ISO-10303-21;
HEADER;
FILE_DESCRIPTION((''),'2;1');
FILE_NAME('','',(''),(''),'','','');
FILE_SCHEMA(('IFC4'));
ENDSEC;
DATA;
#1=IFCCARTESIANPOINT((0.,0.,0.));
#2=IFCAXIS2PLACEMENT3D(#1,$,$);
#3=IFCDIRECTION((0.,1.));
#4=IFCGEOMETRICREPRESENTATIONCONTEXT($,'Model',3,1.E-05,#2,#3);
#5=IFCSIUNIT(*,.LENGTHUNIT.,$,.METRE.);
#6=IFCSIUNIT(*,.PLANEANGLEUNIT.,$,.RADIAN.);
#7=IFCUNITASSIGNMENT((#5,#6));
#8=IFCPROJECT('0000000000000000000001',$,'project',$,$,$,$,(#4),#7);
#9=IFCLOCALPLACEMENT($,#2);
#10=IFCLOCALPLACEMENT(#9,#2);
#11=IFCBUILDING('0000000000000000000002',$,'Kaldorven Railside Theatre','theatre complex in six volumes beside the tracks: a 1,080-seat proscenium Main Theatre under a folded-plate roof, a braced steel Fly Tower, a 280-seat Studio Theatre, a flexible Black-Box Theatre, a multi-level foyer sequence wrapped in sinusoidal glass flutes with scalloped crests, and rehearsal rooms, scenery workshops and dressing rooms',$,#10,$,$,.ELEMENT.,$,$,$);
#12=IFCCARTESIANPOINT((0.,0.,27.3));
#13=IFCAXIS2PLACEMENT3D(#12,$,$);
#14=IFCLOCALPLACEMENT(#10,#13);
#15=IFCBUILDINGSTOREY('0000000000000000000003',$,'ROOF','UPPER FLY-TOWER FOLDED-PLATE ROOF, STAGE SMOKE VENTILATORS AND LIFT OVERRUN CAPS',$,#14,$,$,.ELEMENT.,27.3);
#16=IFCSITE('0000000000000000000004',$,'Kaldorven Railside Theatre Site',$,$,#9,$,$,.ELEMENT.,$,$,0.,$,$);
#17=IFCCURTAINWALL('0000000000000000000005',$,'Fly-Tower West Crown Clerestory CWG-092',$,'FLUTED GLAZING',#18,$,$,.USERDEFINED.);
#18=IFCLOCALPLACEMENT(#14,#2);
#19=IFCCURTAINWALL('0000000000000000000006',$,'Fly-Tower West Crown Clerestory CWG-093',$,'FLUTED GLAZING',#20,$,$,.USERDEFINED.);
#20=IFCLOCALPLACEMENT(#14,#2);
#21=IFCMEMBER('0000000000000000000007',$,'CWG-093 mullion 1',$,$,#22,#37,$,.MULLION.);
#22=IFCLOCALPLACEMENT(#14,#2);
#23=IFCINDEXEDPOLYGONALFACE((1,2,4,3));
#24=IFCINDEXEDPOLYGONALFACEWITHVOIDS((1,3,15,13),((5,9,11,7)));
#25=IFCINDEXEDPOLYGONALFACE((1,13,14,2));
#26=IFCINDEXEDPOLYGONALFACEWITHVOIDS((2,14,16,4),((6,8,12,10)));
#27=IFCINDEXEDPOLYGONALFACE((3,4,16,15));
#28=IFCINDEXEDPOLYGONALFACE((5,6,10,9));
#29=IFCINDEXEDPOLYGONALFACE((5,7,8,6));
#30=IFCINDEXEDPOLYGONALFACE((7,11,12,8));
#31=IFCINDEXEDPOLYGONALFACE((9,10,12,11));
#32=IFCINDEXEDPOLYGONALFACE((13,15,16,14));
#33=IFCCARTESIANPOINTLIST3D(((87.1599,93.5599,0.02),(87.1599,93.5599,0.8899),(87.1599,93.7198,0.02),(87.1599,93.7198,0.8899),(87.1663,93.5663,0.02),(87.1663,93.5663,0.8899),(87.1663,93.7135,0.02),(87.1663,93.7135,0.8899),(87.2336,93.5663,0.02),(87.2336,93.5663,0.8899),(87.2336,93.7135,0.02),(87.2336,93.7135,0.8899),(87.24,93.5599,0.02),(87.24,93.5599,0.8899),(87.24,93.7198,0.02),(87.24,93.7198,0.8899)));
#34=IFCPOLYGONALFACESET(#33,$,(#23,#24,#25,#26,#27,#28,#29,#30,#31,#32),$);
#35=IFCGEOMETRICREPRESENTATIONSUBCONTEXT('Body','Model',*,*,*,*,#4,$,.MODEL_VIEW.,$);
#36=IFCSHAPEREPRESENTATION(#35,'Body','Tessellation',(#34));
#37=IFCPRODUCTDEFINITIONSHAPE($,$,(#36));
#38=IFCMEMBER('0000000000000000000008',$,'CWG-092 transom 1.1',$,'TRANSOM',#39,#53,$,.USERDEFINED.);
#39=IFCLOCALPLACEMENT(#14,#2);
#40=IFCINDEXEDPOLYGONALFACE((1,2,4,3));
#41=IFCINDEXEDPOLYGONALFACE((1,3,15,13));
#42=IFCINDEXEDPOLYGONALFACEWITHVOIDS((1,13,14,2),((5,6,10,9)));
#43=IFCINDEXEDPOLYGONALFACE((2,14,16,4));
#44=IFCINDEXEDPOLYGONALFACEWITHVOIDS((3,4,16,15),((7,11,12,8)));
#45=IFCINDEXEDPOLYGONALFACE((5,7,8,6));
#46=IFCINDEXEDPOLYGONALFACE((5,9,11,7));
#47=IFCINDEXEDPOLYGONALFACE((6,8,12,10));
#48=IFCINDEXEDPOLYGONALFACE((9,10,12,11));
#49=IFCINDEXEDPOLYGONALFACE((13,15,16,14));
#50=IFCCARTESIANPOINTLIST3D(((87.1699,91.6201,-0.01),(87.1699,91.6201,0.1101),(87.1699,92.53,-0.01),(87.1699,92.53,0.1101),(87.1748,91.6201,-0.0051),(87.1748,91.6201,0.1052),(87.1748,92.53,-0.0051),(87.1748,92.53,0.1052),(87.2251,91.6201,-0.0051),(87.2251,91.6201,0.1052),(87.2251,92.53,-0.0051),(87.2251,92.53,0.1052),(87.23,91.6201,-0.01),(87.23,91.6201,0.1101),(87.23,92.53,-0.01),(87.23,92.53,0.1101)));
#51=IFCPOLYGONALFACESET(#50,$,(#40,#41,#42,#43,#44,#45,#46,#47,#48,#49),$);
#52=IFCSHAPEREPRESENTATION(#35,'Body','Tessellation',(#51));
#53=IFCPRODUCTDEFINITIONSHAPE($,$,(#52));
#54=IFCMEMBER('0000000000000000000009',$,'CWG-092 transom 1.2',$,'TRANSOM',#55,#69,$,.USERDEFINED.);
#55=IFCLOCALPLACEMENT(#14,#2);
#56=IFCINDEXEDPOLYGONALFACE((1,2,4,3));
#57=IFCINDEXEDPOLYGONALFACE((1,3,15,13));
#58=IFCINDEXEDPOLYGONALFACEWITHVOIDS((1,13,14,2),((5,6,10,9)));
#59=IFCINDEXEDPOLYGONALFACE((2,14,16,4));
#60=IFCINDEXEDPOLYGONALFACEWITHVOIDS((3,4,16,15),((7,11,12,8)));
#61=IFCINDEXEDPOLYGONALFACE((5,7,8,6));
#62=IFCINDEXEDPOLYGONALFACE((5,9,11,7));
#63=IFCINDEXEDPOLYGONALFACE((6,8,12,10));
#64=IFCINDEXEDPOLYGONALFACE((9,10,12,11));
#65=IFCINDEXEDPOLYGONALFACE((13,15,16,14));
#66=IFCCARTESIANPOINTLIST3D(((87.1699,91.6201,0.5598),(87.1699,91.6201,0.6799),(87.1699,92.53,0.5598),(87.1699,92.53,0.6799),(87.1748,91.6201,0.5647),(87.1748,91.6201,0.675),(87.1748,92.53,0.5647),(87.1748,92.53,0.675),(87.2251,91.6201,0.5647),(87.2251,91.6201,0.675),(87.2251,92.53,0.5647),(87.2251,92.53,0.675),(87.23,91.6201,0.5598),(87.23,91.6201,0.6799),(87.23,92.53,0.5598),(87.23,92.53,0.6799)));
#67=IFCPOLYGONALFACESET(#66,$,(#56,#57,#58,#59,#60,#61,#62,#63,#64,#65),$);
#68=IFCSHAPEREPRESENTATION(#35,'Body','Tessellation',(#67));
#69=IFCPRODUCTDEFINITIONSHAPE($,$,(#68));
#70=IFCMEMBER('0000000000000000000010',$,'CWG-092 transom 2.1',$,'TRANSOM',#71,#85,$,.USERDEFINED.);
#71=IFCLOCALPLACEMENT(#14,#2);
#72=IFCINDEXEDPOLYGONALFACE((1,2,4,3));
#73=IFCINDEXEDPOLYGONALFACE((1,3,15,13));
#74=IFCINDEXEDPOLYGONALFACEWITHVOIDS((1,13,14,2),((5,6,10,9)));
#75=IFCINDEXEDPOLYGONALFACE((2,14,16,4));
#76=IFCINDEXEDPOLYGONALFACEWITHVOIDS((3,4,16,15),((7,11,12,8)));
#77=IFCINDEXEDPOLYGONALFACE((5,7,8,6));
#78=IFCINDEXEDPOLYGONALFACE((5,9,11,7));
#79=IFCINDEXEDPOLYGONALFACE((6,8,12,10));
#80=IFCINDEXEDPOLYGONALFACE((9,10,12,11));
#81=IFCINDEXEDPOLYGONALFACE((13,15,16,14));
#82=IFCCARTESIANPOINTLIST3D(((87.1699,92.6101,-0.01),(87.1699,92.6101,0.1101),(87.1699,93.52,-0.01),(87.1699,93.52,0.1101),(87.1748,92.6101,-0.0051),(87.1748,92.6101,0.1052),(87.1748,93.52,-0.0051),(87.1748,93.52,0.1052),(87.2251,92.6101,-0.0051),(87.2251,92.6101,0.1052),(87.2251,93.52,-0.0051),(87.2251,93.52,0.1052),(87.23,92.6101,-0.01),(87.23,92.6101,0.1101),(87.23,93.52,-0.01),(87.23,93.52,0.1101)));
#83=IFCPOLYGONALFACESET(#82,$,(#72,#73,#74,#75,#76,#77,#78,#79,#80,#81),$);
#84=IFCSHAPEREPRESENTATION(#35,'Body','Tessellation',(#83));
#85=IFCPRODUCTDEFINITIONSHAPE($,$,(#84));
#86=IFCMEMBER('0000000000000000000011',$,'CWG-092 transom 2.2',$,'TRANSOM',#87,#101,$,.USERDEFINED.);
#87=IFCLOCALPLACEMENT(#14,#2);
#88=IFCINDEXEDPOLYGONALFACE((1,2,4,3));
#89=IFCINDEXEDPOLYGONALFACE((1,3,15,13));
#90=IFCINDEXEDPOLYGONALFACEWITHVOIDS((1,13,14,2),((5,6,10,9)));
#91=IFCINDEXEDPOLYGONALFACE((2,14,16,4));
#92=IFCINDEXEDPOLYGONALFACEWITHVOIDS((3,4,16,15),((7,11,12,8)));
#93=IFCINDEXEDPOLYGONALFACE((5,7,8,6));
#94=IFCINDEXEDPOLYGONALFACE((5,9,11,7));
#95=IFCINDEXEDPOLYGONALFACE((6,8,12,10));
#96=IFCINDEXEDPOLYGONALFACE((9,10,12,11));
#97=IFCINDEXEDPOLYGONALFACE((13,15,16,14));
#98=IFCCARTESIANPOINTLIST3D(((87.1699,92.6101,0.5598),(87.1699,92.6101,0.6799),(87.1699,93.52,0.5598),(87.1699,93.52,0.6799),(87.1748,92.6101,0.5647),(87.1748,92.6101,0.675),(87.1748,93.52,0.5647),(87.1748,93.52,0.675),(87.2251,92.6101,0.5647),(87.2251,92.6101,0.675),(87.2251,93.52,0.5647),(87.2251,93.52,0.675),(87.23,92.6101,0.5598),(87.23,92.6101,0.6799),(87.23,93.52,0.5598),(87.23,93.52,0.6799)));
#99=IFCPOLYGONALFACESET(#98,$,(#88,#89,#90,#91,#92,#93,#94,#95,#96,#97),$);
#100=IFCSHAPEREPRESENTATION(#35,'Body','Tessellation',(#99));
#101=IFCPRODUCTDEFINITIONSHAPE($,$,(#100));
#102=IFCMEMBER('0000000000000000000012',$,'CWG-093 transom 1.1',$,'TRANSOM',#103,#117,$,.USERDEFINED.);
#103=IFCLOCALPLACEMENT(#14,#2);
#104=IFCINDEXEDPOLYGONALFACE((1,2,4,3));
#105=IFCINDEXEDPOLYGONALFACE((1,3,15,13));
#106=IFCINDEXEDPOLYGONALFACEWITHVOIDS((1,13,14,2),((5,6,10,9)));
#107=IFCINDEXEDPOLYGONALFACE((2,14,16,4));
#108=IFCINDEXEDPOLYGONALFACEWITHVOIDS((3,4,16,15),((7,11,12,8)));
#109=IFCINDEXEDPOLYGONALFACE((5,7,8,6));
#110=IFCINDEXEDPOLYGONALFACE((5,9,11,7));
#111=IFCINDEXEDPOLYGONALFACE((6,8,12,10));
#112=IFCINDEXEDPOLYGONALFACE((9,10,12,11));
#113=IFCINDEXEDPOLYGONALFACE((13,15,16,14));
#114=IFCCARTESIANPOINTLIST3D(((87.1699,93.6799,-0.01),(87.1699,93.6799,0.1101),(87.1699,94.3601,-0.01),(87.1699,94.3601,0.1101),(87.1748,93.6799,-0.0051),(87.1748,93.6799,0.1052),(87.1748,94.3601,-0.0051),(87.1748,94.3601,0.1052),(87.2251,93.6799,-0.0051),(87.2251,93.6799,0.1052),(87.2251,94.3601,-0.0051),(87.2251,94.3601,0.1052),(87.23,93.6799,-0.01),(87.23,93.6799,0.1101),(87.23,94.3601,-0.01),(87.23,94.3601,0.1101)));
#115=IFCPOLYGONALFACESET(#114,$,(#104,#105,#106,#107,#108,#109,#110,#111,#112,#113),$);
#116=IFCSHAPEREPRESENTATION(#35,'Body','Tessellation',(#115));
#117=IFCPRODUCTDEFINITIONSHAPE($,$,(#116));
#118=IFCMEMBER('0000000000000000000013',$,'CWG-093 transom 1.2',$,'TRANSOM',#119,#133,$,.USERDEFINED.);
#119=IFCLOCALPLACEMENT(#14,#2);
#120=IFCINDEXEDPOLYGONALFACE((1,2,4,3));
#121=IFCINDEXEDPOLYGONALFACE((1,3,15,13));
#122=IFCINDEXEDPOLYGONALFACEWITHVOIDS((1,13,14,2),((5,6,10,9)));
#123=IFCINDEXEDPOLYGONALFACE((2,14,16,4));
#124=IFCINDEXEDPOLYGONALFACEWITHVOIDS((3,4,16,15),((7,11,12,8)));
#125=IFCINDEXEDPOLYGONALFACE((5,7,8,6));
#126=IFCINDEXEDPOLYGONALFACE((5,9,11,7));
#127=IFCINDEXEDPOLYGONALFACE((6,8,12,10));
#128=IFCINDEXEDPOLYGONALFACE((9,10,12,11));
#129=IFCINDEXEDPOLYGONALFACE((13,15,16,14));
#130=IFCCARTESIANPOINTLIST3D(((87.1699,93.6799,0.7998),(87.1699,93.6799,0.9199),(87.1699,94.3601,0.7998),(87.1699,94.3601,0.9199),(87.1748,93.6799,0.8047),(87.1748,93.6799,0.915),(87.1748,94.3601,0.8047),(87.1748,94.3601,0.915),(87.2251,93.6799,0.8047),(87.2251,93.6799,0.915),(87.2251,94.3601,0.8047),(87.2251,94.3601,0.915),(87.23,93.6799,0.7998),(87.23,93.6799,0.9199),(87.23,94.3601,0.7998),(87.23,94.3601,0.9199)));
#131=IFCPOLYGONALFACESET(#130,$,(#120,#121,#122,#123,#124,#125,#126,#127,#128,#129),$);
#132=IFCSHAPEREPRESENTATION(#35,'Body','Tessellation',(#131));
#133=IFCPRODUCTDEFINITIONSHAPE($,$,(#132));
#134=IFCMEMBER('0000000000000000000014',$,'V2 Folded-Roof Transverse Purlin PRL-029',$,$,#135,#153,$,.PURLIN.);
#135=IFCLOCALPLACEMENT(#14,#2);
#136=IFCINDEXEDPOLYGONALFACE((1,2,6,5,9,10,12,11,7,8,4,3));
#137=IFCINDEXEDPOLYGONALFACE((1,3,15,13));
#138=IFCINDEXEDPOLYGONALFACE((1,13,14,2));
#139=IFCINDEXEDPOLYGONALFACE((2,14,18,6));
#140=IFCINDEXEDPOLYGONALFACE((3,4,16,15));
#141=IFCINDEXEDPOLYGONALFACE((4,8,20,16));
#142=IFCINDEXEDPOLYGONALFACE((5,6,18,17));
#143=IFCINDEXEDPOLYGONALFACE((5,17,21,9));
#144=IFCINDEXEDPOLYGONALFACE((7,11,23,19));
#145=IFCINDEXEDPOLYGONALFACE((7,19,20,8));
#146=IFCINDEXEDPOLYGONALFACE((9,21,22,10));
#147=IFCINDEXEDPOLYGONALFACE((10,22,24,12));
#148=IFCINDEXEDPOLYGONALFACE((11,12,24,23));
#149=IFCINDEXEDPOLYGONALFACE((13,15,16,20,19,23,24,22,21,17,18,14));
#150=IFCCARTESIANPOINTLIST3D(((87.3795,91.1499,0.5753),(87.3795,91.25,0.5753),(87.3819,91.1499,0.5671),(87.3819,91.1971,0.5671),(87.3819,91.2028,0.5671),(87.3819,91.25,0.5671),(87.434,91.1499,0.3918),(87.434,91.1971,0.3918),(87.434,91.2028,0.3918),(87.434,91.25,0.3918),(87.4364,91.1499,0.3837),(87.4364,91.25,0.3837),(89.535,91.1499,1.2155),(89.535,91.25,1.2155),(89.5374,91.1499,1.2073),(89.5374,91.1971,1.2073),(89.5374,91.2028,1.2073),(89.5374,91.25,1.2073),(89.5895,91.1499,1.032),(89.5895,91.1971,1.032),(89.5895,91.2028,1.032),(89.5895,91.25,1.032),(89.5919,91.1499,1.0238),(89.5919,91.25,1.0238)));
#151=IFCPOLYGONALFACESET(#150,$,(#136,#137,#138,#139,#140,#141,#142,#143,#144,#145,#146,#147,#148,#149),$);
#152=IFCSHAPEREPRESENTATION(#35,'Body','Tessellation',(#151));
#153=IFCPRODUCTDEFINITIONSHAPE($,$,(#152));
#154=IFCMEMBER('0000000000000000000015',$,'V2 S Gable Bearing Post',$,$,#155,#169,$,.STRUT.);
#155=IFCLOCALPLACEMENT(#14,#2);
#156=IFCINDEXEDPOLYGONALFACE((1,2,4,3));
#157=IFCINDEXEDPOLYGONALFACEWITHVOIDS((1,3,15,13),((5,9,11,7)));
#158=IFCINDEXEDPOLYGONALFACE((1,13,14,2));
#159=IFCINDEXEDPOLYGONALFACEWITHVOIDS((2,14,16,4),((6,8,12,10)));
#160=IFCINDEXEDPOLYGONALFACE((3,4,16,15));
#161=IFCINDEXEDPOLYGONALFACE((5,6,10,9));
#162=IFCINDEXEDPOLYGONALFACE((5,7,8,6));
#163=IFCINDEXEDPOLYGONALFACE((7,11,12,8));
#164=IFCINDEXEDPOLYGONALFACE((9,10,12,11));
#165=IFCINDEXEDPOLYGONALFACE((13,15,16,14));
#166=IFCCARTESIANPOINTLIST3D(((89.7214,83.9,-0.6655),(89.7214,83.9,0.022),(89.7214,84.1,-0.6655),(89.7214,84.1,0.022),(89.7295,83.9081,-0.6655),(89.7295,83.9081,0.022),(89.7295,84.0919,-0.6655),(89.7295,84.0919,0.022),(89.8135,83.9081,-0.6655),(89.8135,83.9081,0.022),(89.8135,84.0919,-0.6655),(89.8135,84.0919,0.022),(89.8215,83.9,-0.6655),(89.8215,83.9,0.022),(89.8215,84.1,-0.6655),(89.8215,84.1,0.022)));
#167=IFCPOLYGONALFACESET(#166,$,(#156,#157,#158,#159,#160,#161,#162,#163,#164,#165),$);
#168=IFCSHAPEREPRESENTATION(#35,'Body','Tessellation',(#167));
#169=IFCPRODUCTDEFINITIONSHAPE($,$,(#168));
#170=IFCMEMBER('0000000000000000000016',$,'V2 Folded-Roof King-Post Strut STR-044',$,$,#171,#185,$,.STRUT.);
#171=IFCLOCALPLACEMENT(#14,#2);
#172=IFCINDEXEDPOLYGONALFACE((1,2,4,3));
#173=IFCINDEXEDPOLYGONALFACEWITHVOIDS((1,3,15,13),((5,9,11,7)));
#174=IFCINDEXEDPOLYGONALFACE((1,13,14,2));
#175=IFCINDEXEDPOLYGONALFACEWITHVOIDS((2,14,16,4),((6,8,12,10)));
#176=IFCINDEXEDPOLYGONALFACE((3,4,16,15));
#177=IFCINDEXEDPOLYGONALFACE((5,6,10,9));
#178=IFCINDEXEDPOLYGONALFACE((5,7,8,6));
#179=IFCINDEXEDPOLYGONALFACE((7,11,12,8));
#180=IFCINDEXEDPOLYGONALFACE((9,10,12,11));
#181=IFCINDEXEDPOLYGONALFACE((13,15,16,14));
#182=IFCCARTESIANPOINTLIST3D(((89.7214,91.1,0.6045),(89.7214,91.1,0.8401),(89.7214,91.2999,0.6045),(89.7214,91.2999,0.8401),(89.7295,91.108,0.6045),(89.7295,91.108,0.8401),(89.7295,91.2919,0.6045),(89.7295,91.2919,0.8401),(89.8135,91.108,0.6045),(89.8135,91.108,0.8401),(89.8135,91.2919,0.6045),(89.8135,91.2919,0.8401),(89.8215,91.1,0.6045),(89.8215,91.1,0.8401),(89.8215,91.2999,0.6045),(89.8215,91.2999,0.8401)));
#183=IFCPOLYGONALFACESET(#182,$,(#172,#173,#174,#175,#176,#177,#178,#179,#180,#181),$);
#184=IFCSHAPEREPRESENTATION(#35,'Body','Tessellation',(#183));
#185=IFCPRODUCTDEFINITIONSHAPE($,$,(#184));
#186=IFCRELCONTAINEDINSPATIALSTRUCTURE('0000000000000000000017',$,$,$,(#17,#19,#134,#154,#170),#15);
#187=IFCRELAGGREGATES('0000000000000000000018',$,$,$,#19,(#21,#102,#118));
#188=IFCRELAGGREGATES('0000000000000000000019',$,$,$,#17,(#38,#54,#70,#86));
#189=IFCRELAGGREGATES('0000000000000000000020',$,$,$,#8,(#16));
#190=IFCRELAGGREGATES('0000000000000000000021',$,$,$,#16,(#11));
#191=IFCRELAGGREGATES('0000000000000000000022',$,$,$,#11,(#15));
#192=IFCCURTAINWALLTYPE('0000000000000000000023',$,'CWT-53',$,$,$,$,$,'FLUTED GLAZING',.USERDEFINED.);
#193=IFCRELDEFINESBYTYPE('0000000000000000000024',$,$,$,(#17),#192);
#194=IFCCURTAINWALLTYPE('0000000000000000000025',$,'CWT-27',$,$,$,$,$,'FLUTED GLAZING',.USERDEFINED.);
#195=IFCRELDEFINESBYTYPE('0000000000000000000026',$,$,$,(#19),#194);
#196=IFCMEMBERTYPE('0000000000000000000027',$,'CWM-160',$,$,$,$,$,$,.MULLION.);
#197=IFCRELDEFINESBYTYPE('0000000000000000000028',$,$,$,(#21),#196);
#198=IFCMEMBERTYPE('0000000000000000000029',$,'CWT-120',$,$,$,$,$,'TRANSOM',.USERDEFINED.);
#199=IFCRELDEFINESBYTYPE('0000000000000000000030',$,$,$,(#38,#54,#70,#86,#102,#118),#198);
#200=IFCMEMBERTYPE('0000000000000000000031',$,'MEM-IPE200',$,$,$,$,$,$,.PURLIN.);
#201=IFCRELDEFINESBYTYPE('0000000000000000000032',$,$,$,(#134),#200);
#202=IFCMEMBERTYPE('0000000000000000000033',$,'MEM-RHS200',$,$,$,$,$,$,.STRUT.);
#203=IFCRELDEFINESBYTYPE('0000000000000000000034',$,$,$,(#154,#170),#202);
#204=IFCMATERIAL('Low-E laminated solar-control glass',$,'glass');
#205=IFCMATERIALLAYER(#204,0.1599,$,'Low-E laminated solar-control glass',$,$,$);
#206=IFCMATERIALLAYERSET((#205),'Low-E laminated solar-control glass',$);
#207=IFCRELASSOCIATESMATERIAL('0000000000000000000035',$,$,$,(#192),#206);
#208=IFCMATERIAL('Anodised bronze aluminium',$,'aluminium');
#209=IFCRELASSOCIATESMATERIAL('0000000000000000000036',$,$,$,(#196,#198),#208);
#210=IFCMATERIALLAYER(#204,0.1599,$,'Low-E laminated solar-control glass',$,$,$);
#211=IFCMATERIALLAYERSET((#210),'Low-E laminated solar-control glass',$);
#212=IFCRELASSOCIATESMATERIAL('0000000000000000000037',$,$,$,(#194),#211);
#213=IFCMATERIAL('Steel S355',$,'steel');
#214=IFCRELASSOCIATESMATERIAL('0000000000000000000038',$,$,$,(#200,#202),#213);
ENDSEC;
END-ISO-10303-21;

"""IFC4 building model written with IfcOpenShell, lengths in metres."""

from ifc_helpers import new_model, si_unit, direction, frame, origin, origin_2d, place, context, subcontext, project, spatial, hollow_rectangle, i_section, extrude, material, layer, layer_set, material_profile, profile_set, type_object, element, aggregate, save


model = new_model("IFC4")

# Units and contexts
model_context = context("Model", 3, precision=1e-05, world=origin(), true_north=direction((0.0, 1.0)))
body_context = subcontext(model_context, "Body", "Model", "MODEL_VIEW")
ifc_project = project(units=[si_unit("LENGTHUNIT", "METRE"), si_unit("PLANEANGLEUNIT", "RADIAN")], contexts=[model_context])

# Site, building, storey
site_placement = place(None, origin())
site = spatial("IfcSite", under=ifc_project, at=site_placement, Name="Kaldorven Railside Theatre Site", CompositionType="ELEMENT", RefElevation=0.0)
building_placement = place(site_placement, origin())
building = spatial("IfcBuilding", under=site, at=building_placement, Name="Kaldorven Railside Theatre", Description="theatre complex in six volumes beside the tracks: a 1,080-seat proscenium Main Theatre under a folded-plate roof, a braced steel Fly Tower, a 280-seat Studio Theatre, a flexible Black-Box Theatre, a multi-level foyer sequence wrapped in sinusoidal glass flutes with scalloped crests, and rehearsal rooms, scenery workshops and dressing rooms", CompositionType="ELEMENT")
storey_placement = place(building_placement, frame((0.0, 0.0, 27.3)))
storey = spatial("IfcBuildingStorey", under=building, at=storey_placement, Name="ROOF", Description="UPPER FLY-TOWER FOLDED-PLATE ROOF, STAGE SMOKE VENTILATORS AND LIFT OVERRUN CAPS", CompositionType="ELEMENT", Elevation=27.3)

# Shared definitions
ifc_material_1 = material(Name="Steel S355", Category="steel")

# Curtain wall
ifc_material_2 = material(Name="Low-E laminated solar-control glass", Category="glass")
ifc_layer_1 = layer(ifc_material_2, 0.1599, Name="Low-E laminated solar-control glass")
ifc_layer_set_1 = layer_set([ifc_layer_1], Name="Low-E laminated solar-control glass")
curtain_wall_type_1 = type_object("IfcCurtainWallType", Name="CWT-53", ElementType="FLUTED GLAZING", PredefinedType="USERDEFINED", material=ifc_layer_set_1)
curtain_wall_1_placement = place(storey_placement, origin())
curtain_wall_1 = element("IfcCurtainWall", 1, at=curtain_wall_1_placement, inside=storey, type_object=curtain_wall_type_1, Name="Fly-Tower West Crown Clerestory CWG-092", ObjectType="FLUTED GLAZING", PredefinedType="USERDEFINED")
ifc_material_3 = material(Name="Anodised bronze aluminium", Category="aluminium")
ifc_material_profile_1 = material_profile(ifc_material_3, hollow_rectangle(XDim=0.0801, YDim=0.1599, WallThickness=0.0063, at=origin_2d()), Name="RHS 160x80x6.3")
ifc_profile_set_1 = profile_set([ifc_material_profile_1], Name="Anodised bronze aluminium")
member_type_1 = type_object("IfcMemberType", Name="CWM-160", PredefinedType="MULLION", material=ifc_profile_set_1)

# Curtain wall, member
ifc_layer_2 = layer(ifc_material_2, 0.1599, Name="Low-E laminated solar-control glass")
ifc_layer_set_2 = layer_set([ifc_layer_2], Name="Low-E laminated solar-control glass")
curtain_wall_type_2 = type_object("IfcCurtainWallType", Name="CWT-27", ElementType="FLUTED GLAZING", PredefinedType="USERDEFINED", material=ifc_layer_set_2)
curtain_wall_2_placement = place(storey_placement, origin())
curtain_wall_2 = element("IfcCurtainWall", 2, at=curtain_wall_2_placement, inside=storey, type_object=curtain_wall_type_2, Name="Fly-Tower West Crown Clerestory CWG-093", ObjectType="FLUTED GLAZING", PredefinedType="USERDEFINED")
member_1_placement = place(storey_placement, frame((87.2, 93.6399, 0.02), z_axis=(0.0, 0.0, 1.0), x_axis=(-1.0, 0.0, 0.0)))
member_1 = element("IfcMember", 3, at=member_1_placement, type_object=member_type_1, Name="CWG-093 mullion 1", PredefinedType="MULLION", context=body_context, shape_type="SweptSolid", body=[
    extrude(hollow_rectangle(XDim=0.0801, YDim=0.1599, WallThickness=0.0063, at=origin_2d()), origin(), (0.0, 0.0, 1.0), 0.8699),
])

# Members
ifc_material_profile_2 = material_profile(ifc_material_3, hollow_rectangle(XDim=0.0601, YDim=0.1201, WallThickness=0.0049, at=origin_2d()), Name="RHS 120x60x5")
ifc_profile_set_2 = profile_set([ifc_material_profile_2], Name="Anodised bronze aluminium")
member_type_2 = type_object("IfcMemberType", Name="CWT-120", ElementType="TRANSOM", PredefinedType="USERDEFINED", material=ifc_profile_set_2)
member_2_placement = place(storey_placement, frame((87.2, 91.6201, 0.05), z_axis=(0.0, 1.0, 0.0), x_axis=(-1.0, 0.0, 0.0)))
member_2 = element("IfcMember", 4, at=member_2_placement, type_object=member_type_2, Name="CWG-092 transom 1.1", ObjectType="TRANSOM", PredefinedType="USERDEFINED", context=body_context, shape_type="SweptSolid", body=[
    extrude(hollow_rectangle(XDim=0.0601, YDim=0.1201, WallThickness=0.0049, at=origin_2d()), origin(), (0.0, 0.0, 1.0), 0.9099),
])
member_3_placement = place(storey_placement, frame((87.2, 91.6201, 0.6199), z_axis=(0.0, 1.0, 0.0), x_axis=(-1.0, 0.0, 0.0)))
member_3 = element("IfcMember", 5, at=member_3_placement, type_object=member_type_2, Name="CWG-092 transom 1.2", ObjectType="TRANSOM", PredefinedType="USERDEFINED", context=body_context, shape_type="SweptSolid", body=[
    extrude(hollow_rectangle(XDim=0.0601, YDim=0.1201, WallThickness=0.0049, at=origin_2d()), origin(), (0.0, 0.0, 1.0), 0.9099),
])
member_4_placement = place(storey_placement, frame((87.2, 92.6101, 0.05), z_axis=(0.0, 1.0, 0.0), x_axis=(-1.0, 0.0, 0.0)))
member_4 = element("IfcMember", 6, at=member_4_placement, type_object=member_type_2, Name="CWG-092 transom 2.1", ObjectType="TRANSOM", PredefinedType="USERDEFINED", context=body_context, shape_type="SweptSolid", body=[
    extrude(hollow_rectangle(XDim=0.0601, YDim=0.1201, WallThickness=0.0049, at=origin_2d()), origin(), (0.0, 0.0, 1.0), 0.9099),
])
member_5_placement = place(storey_placement, frame((87.2, 92.6101, 0.6199), z_axis=(0.0, 1.0, 0.0), x_axis=(-1.0, 0.0, 0.0)))
member_5 = element("IfcMember", 7, at=member_5_placement, type_object=member_type_2, Name="CWG-092 transom 2.2", ObjectType="TRANSOM", PredefinedType="USERDEFINED", context=body_context, shape_type="SweptSolid", body=[
    extrude(hollow_rectangle(XDim=0.0601, YDim=0.1201, WallThickness=0.0049, at=origin_2d()), origin(), (0.0, 0.0, 1.0), 0.9099),
])
member_6_placement = place(storey_placement, frame((87.2, 93.6799, 0.05), z_axis=(0.0, 1.0, 0.0), x_axis=(-1.0, 0.0, 0.0)))
member_6 = element("IfcMember", 8, at=member_6_placement, type_object=member_type_2, Name="CWG-093 transom 1.1", ObjectType="TRANSOM", PredefinedType="USERDEFINED", context=body_context, shape_type="SweptSolid", body=[
    extrude(hollow_rectangle(XDim=0.0601, YDim=0.1201, WallThickness=0.0049, at=origin_2d()), origin(), (0.0, 0.0, 1.0), 0.6802),
])
member_7_placement = place(storey_placement, frame((87.2, 93.6799, 0.8599), z_axis=(0.0, 1.0, 0.0), x_axis=(-1.0, 0.0, 0.0)))
member_7 = element("IfcMember", 9, at=member_7_placement, type_object=member_type_2, Name="CWG-093 transom 1.2", ObjectType="TRANSOM", PredefinedType="USERDEFINED", context=body_context, shape_type="SweptSolid", body=[
    extrude(hollow_rectangle(XDim=0.0601, YDim=0.1201, WallThickness=0.0049, at=origin_2d()), origin(), (0.0, 0.0, 1.0), 0.6802),
])
aggregate(curtain_wall_2, [member_1, member_6, member_7])

# Members
ifc_material_profile_3 = material_profile(ifc_material_1, i_section(OverallWidth=0.1001, OverallDepth=0.2, WebThickness=0.0056, FlangeThickness=0.0085, at=origin_2d()), Name="IPE 200")
ifc_profile_set_3 = profile_set([ifc_material_profile_3], Name="Steel S355")
member_type_3 = type_object("IfcMemberType", Name="MEM-IPE200", PredefinedType="PURLIN", material=ifc_profile_set_3)
member_8_placement = place(storey_placement, frame((87.408, 91.2, 0.4795), z_axis=(0.95862, 0.0, 0.284687), x_axis=(0.0, 1.0, 0.0)))
element("IfcMember", 10, at=member_8_placement, inside=storey, type_object=member_type_3, Name="V2 Folded-Roof Transverse Purlin PRL-029", PredefinedType="PURLIN", context=body_context, shape_type="SweptSolid", body=[
    extrude(i_section(OverallWidth=0.1001, OverallDepth=0.2, WebThickness=0.0056, FlangeThickness=0.0085, at=origin_2d()), origin(), (0.0, 0.0, 1.0), 2.2485),
])
ifc_material_profile_4 = material_profile(ifc_material_1, hollow_rectangle(XDim=0.1001, YDim=0.2, WallThickness=0.0081, at=origin_2d()), Name="RHS 200x100x8")
ifc_profile_set_4 = profile_set([ifc_material_profile_4], Name="Steel S355")
member_type_4 = type_object("IfcMemberType", Name="MEM-RHS200", PredefinedType="STRUT", material=ifc_profile_set_4)
member_9_placement = place(storey_placement, frame((89.7715, 84.0, -0.6655), z_axis=(0.0, 0.0, 1.0), x_axis=(1.0, 0.0, 0.0)))
element("IfcMember", 11, at=member_9_placement, inside=storey, type_object=member_type_4, Name="V2 S Gable Bearing Post", PredefinedType="STRUT", context=body_context, shape_type="SweptSolid", body=[
    extrude(hollow_rectangle(XDim=0.1001, YDim=0.2, WallThickness=0.0081, at=origin_2d()), origin(), (0.0, 0.0, 1.0), 0.6875),
])
member_10_placement = place(storey_placement, frame((89.7715, 91.2, 0.6045), z_axis=(0.0, 0.0, 1.0), x_axis=(1.0, 0.0, 0.0)))
element("IfcMember", 12, at=member_10_placement, inside=storey, type_object=member_type_4, Name="V2 Folded-Roof King-Post Strut STR-044", PredefinedType="STRUT", context=body_context, shape_type="SweptSolid", body=[
    extrude(hollow_rectangle(XDim=0.1001, YDim=0.2, WallThickness=0.0081, at=origin_2d()), origin(), (0.0, 0.0, 1.0), 0.2356),
])

aggregate(curtain_wall_1, [member_2, member_3, member_4, member_5])

save(model, "model.ifc")
